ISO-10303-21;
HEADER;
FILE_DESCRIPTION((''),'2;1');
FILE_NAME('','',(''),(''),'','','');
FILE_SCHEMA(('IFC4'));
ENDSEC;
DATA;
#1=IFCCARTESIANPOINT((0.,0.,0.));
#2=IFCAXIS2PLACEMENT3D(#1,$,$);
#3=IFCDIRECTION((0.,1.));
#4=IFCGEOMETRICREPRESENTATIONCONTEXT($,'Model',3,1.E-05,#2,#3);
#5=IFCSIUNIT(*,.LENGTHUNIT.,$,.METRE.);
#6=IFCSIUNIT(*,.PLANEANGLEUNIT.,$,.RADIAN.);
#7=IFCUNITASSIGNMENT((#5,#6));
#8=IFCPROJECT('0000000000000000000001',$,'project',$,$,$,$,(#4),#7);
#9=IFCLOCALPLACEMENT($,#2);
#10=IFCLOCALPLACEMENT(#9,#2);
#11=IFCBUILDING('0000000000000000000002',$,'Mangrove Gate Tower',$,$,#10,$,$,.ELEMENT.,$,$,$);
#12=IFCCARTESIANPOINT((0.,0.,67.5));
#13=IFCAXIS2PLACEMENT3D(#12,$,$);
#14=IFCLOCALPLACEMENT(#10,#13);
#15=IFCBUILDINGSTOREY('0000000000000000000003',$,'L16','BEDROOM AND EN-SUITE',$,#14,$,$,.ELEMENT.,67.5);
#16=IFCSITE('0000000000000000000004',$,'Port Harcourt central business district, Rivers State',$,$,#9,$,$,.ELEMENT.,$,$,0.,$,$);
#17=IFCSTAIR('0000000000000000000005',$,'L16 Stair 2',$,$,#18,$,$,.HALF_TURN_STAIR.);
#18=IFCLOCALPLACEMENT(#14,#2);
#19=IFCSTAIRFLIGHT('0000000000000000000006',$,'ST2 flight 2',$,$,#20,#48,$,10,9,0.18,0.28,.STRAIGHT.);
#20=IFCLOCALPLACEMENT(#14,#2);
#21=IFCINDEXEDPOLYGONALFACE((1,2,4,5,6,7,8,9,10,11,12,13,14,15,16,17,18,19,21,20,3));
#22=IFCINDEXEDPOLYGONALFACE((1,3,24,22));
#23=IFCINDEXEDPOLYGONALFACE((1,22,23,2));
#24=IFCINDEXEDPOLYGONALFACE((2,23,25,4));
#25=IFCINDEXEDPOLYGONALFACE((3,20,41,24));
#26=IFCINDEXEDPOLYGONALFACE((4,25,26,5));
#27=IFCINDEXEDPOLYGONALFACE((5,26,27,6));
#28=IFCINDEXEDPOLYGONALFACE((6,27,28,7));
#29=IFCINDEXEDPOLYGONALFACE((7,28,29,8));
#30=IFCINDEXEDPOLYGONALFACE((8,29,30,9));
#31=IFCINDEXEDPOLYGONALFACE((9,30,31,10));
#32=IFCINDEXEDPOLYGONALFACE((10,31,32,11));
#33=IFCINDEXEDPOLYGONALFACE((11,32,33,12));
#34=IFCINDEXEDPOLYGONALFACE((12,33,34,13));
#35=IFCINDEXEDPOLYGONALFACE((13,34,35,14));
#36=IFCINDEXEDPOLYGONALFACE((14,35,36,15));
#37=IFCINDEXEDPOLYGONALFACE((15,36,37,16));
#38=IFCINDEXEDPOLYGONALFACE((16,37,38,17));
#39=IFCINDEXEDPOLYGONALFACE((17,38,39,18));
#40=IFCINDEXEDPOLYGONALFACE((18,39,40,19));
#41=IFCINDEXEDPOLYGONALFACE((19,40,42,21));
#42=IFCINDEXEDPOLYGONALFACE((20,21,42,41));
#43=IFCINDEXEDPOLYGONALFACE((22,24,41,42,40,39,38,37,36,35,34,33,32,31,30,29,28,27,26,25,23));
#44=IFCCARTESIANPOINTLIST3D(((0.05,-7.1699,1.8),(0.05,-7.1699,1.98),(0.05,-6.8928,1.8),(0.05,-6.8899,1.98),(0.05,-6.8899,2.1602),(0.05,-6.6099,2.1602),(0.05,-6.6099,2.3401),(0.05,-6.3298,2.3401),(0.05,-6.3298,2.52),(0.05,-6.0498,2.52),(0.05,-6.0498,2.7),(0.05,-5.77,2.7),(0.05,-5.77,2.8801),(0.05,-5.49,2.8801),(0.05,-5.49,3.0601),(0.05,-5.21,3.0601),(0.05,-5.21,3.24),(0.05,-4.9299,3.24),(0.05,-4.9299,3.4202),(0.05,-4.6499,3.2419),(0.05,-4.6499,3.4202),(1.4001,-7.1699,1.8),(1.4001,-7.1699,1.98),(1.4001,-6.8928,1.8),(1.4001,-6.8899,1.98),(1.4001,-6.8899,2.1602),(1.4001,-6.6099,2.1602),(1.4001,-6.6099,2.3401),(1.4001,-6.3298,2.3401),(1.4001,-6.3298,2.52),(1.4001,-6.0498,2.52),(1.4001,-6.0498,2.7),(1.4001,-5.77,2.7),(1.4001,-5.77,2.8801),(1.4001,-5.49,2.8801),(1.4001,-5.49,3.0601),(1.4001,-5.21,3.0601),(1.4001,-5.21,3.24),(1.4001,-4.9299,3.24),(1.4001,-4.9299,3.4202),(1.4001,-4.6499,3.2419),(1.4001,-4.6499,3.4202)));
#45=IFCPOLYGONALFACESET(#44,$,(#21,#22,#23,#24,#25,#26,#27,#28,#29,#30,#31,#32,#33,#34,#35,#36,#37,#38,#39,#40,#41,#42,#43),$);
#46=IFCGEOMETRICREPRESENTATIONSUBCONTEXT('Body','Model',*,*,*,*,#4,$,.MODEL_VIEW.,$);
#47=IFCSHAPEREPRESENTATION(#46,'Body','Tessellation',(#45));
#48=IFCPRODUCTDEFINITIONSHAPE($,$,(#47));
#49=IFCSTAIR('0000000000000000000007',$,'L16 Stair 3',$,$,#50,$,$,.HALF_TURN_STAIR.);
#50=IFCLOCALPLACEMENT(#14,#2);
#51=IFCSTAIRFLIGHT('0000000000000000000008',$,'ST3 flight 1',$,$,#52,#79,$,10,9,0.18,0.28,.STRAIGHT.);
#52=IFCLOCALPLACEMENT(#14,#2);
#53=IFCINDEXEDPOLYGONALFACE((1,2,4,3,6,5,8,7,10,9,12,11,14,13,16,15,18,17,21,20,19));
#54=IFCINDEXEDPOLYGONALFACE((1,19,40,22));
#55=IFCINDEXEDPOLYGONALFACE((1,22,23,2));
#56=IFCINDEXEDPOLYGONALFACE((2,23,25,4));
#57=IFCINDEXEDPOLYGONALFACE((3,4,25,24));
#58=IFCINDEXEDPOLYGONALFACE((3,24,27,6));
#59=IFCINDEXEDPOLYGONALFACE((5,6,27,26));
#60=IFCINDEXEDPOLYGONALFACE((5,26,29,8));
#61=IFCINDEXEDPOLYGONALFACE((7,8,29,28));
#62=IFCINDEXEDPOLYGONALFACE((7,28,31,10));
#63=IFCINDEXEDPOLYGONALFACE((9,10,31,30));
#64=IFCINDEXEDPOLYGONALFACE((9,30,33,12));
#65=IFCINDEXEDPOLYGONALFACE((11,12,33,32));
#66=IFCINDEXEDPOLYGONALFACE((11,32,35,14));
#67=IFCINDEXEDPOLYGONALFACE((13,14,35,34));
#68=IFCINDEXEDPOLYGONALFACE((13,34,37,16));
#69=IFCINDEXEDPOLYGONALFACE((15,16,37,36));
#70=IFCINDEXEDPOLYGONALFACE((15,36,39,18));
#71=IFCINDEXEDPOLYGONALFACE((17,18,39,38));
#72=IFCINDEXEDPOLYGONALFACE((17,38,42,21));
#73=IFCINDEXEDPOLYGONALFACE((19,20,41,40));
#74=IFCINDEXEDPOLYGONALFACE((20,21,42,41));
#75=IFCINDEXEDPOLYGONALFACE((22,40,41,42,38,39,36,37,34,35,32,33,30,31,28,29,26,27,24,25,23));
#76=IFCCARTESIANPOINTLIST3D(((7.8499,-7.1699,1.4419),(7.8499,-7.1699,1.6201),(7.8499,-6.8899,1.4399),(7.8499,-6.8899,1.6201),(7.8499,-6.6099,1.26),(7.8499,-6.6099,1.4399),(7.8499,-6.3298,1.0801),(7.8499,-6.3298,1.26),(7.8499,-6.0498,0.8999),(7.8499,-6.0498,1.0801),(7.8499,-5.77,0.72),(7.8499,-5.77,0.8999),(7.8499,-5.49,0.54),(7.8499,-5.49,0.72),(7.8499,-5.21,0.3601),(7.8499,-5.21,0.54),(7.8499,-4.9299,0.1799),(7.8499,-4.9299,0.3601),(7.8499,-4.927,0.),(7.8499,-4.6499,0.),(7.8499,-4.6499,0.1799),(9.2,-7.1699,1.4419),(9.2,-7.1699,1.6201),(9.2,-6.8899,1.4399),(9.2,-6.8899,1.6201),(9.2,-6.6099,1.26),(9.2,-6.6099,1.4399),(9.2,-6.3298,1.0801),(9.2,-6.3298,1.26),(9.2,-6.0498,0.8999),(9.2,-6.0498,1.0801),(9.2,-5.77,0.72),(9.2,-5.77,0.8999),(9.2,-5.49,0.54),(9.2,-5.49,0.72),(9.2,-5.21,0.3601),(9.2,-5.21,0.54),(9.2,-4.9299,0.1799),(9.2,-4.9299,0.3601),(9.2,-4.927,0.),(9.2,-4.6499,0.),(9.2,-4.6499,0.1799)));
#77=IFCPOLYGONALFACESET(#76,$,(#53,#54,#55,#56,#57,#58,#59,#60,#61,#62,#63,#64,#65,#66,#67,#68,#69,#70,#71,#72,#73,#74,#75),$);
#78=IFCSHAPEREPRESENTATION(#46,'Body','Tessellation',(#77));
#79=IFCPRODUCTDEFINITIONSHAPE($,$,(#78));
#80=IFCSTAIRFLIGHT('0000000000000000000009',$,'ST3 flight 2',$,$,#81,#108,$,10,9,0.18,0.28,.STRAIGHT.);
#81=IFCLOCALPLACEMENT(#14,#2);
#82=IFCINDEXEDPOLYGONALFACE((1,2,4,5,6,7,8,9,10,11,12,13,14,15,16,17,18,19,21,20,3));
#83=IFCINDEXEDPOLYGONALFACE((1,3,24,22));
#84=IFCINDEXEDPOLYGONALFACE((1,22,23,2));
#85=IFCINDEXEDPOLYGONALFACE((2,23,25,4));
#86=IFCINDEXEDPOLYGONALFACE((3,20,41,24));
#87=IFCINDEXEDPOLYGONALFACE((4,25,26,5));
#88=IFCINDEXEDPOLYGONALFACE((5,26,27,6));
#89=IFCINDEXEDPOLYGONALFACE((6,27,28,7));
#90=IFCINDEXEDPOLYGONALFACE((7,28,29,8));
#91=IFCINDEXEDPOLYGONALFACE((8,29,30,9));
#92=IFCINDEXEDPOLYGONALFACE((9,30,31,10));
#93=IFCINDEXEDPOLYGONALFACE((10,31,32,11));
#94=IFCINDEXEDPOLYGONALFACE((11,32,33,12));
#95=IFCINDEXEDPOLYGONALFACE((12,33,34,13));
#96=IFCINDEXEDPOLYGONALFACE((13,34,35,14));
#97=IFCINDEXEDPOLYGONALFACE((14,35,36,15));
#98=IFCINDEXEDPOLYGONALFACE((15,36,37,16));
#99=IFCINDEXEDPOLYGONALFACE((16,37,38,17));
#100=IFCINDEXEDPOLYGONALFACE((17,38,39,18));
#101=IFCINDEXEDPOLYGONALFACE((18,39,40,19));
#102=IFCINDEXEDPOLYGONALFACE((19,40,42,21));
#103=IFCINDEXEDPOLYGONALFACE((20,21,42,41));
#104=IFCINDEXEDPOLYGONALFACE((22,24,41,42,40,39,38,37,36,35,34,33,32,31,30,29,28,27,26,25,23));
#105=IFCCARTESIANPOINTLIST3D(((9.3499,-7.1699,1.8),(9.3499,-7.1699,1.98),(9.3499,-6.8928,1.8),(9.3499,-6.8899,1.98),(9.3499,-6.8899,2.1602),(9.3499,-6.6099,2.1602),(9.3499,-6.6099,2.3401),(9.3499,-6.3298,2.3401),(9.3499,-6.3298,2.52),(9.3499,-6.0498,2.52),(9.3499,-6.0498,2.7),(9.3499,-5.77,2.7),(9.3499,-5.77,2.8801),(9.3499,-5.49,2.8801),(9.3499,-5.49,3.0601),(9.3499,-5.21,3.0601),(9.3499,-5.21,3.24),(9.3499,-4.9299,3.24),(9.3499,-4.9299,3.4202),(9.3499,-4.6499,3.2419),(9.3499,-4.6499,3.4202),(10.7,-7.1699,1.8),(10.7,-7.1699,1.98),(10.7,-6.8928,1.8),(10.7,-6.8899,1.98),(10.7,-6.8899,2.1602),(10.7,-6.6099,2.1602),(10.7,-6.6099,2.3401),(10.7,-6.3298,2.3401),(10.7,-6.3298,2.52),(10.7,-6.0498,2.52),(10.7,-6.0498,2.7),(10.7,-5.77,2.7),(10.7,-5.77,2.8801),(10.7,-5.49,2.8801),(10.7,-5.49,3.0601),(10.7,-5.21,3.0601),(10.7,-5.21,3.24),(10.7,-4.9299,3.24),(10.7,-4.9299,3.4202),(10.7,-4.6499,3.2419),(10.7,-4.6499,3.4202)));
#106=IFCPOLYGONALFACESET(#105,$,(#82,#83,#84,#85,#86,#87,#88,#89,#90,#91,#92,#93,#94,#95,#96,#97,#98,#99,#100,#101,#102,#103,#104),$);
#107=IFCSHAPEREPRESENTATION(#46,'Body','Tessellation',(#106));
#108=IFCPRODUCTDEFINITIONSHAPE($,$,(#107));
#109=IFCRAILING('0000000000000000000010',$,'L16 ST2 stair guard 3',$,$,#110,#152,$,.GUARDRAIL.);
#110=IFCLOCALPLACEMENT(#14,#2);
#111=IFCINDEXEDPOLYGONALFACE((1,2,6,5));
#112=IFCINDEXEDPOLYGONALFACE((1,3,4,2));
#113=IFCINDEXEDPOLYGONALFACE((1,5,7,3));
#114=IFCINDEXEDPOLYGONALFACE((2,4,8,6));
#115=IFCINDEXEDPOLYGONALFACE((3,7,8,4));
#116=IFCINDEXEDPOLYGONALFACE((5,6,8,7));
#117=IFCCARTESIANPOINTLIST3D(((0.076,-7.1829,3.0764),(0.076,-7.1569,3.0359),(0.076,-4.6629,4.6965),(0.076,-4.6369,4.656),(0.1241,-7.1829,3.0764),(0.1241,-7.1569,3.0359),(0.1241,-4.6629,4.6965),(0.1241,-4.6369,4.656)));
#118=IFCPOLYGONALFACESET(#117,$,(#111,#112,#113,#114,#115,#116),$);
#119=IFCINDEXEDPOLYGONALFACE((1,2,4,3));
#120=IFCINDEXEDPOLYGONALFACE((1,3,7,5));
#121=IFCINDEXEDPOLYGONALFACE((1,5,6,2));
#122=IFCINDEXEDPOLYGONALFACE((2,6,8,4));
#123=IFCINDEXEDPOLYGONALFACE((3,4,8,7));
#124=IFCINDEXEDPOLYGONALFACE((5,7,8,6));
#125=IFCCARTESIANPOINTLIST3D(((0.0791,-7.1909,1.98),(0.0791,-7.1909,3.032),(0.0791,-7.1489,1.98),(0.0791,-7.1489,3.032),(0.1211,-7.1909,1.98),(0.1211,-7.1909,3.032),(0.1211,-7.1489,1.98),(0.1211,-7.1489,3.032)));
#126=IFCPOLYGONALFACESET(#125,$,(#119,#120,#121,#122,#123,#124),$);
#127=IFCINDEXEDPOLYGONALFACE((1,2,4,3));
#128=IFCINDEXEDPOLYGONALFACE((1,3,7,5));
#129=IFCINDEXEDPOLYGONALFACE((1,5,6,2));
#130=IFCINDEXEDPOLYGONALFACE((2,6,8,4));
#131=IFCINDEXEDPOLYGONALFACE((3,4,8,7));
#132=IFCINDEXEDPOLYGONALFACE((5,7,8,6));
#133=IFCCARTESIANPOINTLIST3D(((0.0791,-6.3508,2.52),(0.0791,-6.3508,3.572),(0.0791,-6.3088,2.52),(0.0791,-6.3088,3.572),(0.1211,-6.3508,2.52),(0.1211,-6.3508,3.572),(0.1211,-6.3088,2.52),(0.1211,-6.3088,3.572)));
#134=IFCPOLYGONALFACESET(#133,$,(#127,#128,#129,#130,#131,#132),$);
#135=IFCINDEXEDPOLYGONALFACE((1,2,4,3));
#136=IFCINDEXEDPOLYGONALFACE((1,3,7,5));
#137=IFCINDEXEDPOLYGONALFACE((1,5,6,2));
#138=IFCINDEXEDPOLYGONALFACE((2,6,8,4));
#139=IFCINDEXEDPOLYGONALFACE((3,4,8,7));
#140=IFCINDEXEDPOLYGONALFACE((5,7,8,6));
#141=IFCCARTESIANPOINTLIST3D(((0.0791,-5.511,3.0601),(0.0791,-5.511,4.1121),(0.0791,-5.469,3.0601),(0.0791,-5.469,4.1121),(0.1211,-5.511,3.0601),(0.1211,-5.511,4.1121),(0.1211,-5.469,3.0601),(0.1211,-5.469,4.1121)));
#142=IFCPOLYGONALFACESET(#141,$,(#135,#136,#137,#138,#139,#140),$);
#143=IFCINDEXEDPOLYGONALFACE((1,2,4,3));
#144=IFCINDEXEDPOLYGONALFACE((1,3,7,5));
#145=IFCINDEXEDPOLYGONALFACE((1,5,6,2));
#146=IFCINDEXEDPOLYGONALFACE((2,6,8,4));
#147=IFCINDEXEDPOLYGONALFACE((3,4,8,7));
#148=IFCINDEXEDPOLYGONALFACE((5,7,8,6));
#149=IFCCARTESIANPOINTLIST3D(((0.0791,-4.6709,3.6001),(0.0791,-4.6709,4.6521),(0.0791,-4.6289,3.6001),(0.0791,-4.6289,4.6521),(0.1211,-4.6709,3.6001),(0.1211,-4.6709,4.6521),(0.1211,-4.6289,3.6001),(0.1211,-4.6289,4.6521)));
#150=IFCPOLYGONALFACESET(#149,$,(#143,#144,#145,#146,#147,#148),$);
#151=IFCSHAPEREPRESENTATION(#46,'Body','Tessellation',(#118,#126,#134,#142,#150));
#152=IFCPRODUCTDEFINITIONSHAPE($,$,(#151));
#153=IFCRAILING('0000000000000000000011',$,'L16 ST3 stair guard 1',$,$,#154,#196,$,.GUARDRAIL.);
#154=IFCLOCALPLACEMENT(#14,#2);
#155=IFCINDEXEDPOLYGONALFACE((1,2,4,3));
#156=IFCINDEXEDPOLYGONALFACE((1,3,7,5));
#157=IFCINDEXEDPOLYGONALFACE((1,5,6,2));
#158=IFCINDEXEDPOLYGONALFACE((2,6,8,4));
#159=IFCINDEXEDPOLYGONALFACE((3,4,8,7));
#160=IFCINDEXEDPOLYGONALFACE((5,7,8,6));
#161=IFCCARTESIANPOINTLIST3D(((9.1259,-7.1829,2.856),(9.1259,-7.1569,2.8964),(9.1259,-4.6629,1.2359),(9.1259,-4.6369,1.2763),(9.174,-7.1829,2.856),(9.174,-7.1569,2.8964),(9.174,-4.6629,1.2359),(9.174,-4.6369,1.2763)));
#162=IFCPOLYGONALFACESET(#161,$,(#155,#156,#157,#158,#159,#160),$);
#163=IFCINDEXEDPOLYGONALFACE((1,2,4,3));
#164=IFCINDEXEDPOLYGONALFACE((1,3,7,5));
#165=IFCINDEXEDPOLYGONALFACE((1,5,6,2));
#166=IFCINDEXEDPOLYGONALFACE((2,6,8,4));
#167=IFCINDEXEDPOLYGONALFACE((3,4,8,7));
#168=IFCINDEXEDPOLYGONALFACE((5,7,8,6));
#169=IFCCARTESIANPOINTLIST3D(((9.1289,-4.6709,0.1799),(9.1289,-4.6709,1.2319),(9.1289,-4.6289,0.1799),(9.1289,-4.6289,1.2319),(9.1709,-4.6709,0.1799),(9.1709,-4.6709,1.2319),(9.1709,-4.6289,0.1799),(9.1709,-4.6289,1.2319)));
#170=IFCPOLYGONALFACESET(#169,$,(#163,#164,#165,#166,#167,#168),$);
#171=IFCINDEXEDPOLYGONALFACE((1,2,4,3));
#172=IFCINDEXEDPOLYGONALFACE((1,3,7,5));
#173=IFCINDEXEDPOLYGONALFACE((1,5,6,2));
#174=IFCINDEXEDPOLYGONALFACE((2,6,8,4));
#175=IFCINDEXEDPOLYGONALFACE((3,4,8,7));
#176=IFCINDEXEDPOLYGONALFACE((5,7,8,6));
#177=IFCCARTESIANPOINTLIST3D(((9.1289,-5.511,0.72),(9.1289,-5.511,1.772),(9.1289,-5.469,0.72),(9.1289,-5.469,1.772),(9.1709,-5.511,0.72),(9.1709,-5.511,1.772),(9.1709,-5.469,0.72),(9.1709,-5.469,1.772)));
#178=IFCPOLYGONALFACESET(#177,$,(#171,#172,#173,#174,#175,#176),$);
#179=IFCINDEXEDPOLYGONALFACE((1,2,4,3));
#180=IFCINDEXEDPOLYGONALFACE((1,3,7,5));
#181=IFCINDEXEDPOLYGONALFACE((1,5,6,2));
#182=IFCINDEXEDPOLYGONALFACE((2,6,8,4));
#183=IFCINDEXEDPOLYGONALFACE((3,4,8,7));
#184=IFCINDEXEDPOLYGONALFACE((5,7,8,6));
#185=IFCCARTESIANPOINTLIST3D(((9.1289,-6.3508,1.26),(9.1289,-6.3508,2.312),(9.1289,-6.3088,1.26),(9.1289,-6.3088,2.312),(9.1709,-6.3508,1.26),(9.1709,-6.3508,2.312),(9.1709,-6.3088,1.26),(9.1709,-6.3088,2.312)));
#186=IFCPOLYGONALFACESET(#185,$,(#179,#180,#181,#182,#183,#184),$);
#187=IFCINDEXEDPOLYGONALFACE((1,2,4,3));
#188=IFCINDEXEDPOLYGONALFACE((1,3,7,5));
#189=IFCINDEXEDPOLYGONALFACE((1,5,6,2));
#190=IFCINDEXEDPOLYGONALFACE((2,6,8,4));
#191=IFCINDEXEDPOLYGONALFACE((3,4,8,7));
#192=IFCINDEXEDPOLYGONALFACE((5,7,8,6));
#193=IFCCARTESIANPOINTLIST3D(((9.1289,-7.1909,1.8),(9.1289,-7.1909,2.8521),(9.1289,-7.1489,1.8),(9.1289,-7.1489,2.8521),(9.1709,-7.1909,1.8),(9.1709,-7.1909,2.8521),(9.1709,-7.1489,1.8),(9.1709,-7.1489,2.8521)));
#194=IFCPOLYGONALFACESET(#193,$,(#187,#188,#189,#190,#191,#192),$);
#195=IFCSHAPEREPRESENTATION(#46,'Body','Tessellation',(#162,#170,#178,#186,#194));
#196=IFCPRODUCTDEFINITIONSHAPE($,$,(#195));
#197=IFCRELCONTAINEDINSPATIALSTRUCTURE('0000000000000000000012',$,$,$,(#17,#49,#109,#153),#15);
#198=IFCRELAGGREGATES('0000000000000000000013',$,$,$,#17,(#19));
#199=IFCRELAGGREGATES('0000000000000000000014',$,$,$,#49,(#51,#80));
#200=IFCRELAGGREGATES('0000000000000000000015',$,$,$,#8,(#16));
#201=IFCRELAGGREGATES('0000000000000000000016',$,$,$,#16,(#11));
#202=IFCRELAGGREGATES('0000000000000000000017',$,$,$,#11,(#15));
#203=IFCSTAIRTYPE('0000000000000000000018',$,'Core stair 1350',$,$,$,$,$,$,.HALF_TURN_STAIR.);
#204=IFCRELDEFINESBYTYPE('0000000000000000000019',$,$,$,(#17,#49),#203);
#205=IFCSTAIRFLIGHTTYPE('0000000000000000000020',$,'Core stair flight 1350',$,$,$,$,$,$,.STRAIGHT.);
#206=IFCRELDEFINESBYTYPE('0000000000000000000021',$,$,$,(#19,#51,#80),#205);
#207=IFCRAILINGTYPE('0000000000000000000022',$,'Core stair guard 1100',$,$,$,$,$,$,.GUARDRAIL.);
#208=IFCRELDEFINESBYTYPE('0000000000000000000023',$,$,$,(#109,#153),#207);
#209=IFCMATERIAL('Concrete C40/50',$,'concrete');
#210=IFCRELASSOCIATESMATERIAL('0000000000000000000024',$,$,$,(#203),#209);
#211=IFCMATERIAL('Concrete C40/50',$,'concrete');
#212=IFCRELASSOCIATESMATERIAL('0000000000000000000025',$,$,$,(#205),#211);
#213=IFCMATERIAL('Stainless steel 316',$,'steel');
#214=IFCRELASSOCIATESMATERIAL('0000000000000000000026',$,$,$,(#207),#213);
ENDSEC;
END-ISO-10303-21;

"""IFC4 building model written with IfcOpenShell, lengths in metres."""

from ifc_helpers import new_model, si_unit, direction, frame, origin, origin_2d, place, context, subcontext, project, spatial, polyline, rectangle, outline, extrude, material, type_object, element, aggregate, save


model = new_model("IFC4")

# Units and contexts
model_context = context("Model", 3, precision=1e-05, world=origin(), true_north=direction((0.0, 1.0)))
body_context = subcontext(model_context, "Body", "Model", "MODEL_VIEW")
ifc_project = project(units=[si_unit("LENGTHUNIT", "METRE"), si_unit("PLANEANGLEUNIT", "RADIAN")], contexts=[model_context])

# Site, building, storey
site_placement = place(None, origin())
site = spatial("IfcSite", under=ifc_project, at=site_placement, Name="Port Harcourt central business district, Rivers State", CompositionType="ELEMENT", RefElevation=0.0)
building_placement = place(site_placement, origin())
building = spatial("IfcBuilding", under=site, at=building_placement, Name="Mangrove Gate Tower", CompositionType="ELEMENT")
storey_placement = place(building_placement, frame((0.0, 0.0, 67.5)))
storey = spatial("IfcBuildingStorey", under=building, at=storey_placement, Name="L16", Description="BEDROOM AND EN-SUITE", CompositionType="ELEMENT", Elevation=67.5)

# Stair, stair flight
ifc_material_1 = material(Name="Concrete C40/50", Category="concrete")
stair_type = type_object("IfcStairType", Name="Core stair 1350", PredefinedType="HALF_TURN_STAIR", material=ifc_material_1)
stair_1_placement = place(storey_placement, origin())
stair_1 = element("IfcStair", 1, at=stair_1_placement, inside=storey, type_object=stair_type, Name="L16 Stair 2", PredefinedType="HALF_TURN_STAIR")
ifc_material_2 = material(Name="Concrete C40/50", Category="concrete")
stair_flight_type = type_object("IfcStairFlightType", Name="Core stair flight 1350", PredefinedType="STRAIGHT", material=ifc_material_2)
stair_flight_1_placement = place(storey_placement, frame((0.7251, -7.1699, 1.8), z_axis=(0.0, 0.0, 1.0), x_axis=(0.0, 1.0, 0.0)))
stair_flight_1 = element("IfcStairFlight", 2, at=stair_flight_1_placement, type_object=stair_flight_type, Name="ST2 flight 2", NumberOfRisers=10, NumberOfTreads=9, PredefinedType="STRAIGHT", RiserHeight=0.18, TreadLength=0.28, context=body_context, shape_type="SweptSolid", body=[
    extrude(outline(polyline([(0.0, 0.0), (0.0, 0.1799), (0.28, 0.1799), (0.28, 0.3601), (0.5601, 0.3601), (0.5601, 0.54), (0.8401, 0.54), (0.8401, 0.72), (1.1201, 0.72), (1.1201, 0.8999), (1.3999, 0.8999), (1.3999, 1.0801), (1.6799, 1.0801), (1.6799, 1.26), (1.96, 1.26), (1.96, 1.4399), (2.24, 1.4399), (2.24, 1.6201), (2.52, 1.6201), (2.52, 1.8), (2.52, 1.4419), (0.2771, 0.0), (0.0, 0.0)])), frame((0.0, 0.675, 0.0), z_axis=(0.0, -1.0, 0.0), x_axis=(1.0, 0.0, 0.0)), (0.0, 0.0, 1.0), 1.3501),
])
aggregate(stair_1, [stair_flight_1])

# Stair, stair flights
stair_2_placement = place(storey_placement, origin())
stair_2 = element("IfcStair", 3, at=stair_2_placement, inside=storey, type_object=stair_type, Name="L16 Stair 3", PredefinedType="HALF_TURN_STAIR")
stair_flight_2_placement = place(storey_placement, frame((8.5249, -4.6499, 0.0), z_axis=(0.0, 0.0, 1.0), x_axis=(0.0, -1.0, 0.0)))
stair_flight_2 = element("IfcStairFlight", 4, at=stair_flight_2_placement, type_object=stair_flight_type, Name="ST3 flight 1", NumberOfRisers=10, NumberOfTreads=9, PredefinedType="STRAIGHT", RiserHeight=0.18, TreadLength=0.28, context=body_context, shape_type="SweptSolid", body=[
    extrude(outline(polyline([(0.0, 0.0), (0.0, 0.1799), (0.28, 0.1799), (0.28, 0.3601), (0.5601, 0.3601), (0.5601, 0.54), (0.8401, 0.54), (0.8401, 0.72), (1.1201, 0.72), (1.1201, 0.8999), (1.3999, 0.8999), (1.3999, 1.0801), (1.6799, 1.0801), (1.6799, 1.26), (1.96, 1.26), (1.96, 1.4399), (2.24, 1.4399), (2.24, 1.6201), (2.52, 1.6201), (2.52, 1.8), (2.52, 1.4419), (0.2771, 0.0), (0.0, 0.0)])), frame((0.0, 0.675, 0.0), z_axis=(0.0, -1.0, 0.0), x_axis=(1.0, 0.0, 0.0)), (0.0, 0.0, 1.0), 1.3501),
])
stair_flight_3_placement = place(storey_placement, frame((10.0249, -7.1699, 1.8), z_axis=(0.0, 0.0, 1.0), x_axis=(0.0, 1.0, 0.0)))
stair_flight_3 = element("IfcStairFlight", 5, at=stair_flight_3_placement, type_object=stair_flight_type, Name="ST3 flight 2", NumberOfRisers=10, NumberOfTreads=9, PredefinedType="STRAIGHT", RiserHeight=0.18, TreadLength=0.28, context=body_context, shape_type="SweptSolid", body=[
    extrude(outline(polyline([(0.0, 0.0), (0.0, 0.1799), (0.28, 0.1799), (0.28, 0.3601), (0.5601, 0.3601), (0.5601, 0.54), (0.8401, 0.54), (0.8401, 0.72), (1.1201, 0.72), (1.1201, 0.8999), (1.3999, 0.8999), (1.3999, 1.0801), (1.6799, 1.0801), (1.6799, 1.26), (1.96, 1.26), (1.96, 1.4399), (2.24, 1.4399), (2.24, 1.6201), (2.52, 1.6201), (2.52, 1.8), (2.52, 1.4419), (0.2771, 0.0), (0.0, 0.0)])), frame((0.0, 0.675, 0.0), z_axis=(0.0, -1.0, 0.0), x_axis=(1.0, 0.0, 0.0)), (0.0, 0.0, 1.0), 1.3501),
])
aggregate(stair_2, [stair_flight_2, stair_flight_3])

# Railings
ifc_material_3 = material(Name="Stainless steel 316", Category="steel")
railing_type_1 = type_object("IfcRailingType", Name="Core stair guard 1100", PredefinedType="GUARDRAIL", material=ifc_material_3)
railing_1_placement = place(storey_placement, frame((0.1001, -7.1699, 1.98)))
element("IfcRailing", 6, at=railing_1_placement, inside=storey, type_object=railing_type_1, Name="L16 ST2 stair guard 3", PredefinedType="GUARDRAIL", context=body_context, shape_type="SweptSolid", body=[
    extrude(rectangle(XDim=0.0481, YDim=0.0481, at=origin_2d()), frame((0.0, 0.0, 1.0762), z_axis=(0.0, 0.841163, 0.540782), x_axis=(-1.0, 0.0, 0.0)), (0.0, 0.0, 1.0), 2.9958),
    extrude(rectangle(XDim=0.042, YDim=0.042, at=origin_2d()), origin(), (0.0, 0.0, 1.0), 1.052),
    extrude(rectangle(XDim=0.042, YDim=0.042, at=origin_2d()), frame((0.0, 0.8401, 0.54)), (0.0, 0.0, 1.0), 1.052),
    extrude(rectangle(XDim=0.042, YDim=0.042, at=origin_2d()), frame((0.0, 1.6799, 1.0801)), (0.0, 0.0, 1.0), 1.052),
    extrude(rectangle(XDim=0.042, YDim=0.042, at=origin_2d()), frame((0.0, 2.52, 1.6201)), (0.0, 0.0, 1.0), 1.052),
])
railing_2_placement = place(storey_placement, frame((9.1499, -4.6499, 0.1799)))
element("IfcRailing", 7, at=railing_2_placement, inside=storey, type_object=railing_type_1, Name="L16 ST3 stair guard 1", PredefinedType="GUARDRAIL", context=body_context, shape_type="SweptSolid", body=[
    extrude(rectangle(XDim=0.0481, YDim=0.0481, at=origin_2d()), frame((0.0, 0.0, 1.0762), z_axis=(0.0, -0.841163, 0.540782), x_axis=(1.0, 0.0, 0.0)), (0.0, 0.0, 1.0), 2.9958),
    extrude(rectangle(XDim=0.042, YDim=0.042, at=origin_2d()), origin(), (0.0, 0.0, 1.0), 1.052),
    extrude(rectangle(XDim=0.042, YDim=0.042, at=origin_2d()), frame((0.0, -0.8401, 0.54)), (0.0, 0.0, 1.0), 1.052),
    extrude(rectangle(XDim=0.042, YDim=0.042, at=origin_2d()), frame((0.0, -1.6799, 1.0801)), (0.0, 0.0, 1.0), 1.052),
    extrude(rectangle(XDim=0.042, YDim=0.042, at=origin_2d()), frame((0.0, -2.52, 1.6201)), (0.0, 0.0, 1.0), 1.052),
])

save(model, "model.ifc")
